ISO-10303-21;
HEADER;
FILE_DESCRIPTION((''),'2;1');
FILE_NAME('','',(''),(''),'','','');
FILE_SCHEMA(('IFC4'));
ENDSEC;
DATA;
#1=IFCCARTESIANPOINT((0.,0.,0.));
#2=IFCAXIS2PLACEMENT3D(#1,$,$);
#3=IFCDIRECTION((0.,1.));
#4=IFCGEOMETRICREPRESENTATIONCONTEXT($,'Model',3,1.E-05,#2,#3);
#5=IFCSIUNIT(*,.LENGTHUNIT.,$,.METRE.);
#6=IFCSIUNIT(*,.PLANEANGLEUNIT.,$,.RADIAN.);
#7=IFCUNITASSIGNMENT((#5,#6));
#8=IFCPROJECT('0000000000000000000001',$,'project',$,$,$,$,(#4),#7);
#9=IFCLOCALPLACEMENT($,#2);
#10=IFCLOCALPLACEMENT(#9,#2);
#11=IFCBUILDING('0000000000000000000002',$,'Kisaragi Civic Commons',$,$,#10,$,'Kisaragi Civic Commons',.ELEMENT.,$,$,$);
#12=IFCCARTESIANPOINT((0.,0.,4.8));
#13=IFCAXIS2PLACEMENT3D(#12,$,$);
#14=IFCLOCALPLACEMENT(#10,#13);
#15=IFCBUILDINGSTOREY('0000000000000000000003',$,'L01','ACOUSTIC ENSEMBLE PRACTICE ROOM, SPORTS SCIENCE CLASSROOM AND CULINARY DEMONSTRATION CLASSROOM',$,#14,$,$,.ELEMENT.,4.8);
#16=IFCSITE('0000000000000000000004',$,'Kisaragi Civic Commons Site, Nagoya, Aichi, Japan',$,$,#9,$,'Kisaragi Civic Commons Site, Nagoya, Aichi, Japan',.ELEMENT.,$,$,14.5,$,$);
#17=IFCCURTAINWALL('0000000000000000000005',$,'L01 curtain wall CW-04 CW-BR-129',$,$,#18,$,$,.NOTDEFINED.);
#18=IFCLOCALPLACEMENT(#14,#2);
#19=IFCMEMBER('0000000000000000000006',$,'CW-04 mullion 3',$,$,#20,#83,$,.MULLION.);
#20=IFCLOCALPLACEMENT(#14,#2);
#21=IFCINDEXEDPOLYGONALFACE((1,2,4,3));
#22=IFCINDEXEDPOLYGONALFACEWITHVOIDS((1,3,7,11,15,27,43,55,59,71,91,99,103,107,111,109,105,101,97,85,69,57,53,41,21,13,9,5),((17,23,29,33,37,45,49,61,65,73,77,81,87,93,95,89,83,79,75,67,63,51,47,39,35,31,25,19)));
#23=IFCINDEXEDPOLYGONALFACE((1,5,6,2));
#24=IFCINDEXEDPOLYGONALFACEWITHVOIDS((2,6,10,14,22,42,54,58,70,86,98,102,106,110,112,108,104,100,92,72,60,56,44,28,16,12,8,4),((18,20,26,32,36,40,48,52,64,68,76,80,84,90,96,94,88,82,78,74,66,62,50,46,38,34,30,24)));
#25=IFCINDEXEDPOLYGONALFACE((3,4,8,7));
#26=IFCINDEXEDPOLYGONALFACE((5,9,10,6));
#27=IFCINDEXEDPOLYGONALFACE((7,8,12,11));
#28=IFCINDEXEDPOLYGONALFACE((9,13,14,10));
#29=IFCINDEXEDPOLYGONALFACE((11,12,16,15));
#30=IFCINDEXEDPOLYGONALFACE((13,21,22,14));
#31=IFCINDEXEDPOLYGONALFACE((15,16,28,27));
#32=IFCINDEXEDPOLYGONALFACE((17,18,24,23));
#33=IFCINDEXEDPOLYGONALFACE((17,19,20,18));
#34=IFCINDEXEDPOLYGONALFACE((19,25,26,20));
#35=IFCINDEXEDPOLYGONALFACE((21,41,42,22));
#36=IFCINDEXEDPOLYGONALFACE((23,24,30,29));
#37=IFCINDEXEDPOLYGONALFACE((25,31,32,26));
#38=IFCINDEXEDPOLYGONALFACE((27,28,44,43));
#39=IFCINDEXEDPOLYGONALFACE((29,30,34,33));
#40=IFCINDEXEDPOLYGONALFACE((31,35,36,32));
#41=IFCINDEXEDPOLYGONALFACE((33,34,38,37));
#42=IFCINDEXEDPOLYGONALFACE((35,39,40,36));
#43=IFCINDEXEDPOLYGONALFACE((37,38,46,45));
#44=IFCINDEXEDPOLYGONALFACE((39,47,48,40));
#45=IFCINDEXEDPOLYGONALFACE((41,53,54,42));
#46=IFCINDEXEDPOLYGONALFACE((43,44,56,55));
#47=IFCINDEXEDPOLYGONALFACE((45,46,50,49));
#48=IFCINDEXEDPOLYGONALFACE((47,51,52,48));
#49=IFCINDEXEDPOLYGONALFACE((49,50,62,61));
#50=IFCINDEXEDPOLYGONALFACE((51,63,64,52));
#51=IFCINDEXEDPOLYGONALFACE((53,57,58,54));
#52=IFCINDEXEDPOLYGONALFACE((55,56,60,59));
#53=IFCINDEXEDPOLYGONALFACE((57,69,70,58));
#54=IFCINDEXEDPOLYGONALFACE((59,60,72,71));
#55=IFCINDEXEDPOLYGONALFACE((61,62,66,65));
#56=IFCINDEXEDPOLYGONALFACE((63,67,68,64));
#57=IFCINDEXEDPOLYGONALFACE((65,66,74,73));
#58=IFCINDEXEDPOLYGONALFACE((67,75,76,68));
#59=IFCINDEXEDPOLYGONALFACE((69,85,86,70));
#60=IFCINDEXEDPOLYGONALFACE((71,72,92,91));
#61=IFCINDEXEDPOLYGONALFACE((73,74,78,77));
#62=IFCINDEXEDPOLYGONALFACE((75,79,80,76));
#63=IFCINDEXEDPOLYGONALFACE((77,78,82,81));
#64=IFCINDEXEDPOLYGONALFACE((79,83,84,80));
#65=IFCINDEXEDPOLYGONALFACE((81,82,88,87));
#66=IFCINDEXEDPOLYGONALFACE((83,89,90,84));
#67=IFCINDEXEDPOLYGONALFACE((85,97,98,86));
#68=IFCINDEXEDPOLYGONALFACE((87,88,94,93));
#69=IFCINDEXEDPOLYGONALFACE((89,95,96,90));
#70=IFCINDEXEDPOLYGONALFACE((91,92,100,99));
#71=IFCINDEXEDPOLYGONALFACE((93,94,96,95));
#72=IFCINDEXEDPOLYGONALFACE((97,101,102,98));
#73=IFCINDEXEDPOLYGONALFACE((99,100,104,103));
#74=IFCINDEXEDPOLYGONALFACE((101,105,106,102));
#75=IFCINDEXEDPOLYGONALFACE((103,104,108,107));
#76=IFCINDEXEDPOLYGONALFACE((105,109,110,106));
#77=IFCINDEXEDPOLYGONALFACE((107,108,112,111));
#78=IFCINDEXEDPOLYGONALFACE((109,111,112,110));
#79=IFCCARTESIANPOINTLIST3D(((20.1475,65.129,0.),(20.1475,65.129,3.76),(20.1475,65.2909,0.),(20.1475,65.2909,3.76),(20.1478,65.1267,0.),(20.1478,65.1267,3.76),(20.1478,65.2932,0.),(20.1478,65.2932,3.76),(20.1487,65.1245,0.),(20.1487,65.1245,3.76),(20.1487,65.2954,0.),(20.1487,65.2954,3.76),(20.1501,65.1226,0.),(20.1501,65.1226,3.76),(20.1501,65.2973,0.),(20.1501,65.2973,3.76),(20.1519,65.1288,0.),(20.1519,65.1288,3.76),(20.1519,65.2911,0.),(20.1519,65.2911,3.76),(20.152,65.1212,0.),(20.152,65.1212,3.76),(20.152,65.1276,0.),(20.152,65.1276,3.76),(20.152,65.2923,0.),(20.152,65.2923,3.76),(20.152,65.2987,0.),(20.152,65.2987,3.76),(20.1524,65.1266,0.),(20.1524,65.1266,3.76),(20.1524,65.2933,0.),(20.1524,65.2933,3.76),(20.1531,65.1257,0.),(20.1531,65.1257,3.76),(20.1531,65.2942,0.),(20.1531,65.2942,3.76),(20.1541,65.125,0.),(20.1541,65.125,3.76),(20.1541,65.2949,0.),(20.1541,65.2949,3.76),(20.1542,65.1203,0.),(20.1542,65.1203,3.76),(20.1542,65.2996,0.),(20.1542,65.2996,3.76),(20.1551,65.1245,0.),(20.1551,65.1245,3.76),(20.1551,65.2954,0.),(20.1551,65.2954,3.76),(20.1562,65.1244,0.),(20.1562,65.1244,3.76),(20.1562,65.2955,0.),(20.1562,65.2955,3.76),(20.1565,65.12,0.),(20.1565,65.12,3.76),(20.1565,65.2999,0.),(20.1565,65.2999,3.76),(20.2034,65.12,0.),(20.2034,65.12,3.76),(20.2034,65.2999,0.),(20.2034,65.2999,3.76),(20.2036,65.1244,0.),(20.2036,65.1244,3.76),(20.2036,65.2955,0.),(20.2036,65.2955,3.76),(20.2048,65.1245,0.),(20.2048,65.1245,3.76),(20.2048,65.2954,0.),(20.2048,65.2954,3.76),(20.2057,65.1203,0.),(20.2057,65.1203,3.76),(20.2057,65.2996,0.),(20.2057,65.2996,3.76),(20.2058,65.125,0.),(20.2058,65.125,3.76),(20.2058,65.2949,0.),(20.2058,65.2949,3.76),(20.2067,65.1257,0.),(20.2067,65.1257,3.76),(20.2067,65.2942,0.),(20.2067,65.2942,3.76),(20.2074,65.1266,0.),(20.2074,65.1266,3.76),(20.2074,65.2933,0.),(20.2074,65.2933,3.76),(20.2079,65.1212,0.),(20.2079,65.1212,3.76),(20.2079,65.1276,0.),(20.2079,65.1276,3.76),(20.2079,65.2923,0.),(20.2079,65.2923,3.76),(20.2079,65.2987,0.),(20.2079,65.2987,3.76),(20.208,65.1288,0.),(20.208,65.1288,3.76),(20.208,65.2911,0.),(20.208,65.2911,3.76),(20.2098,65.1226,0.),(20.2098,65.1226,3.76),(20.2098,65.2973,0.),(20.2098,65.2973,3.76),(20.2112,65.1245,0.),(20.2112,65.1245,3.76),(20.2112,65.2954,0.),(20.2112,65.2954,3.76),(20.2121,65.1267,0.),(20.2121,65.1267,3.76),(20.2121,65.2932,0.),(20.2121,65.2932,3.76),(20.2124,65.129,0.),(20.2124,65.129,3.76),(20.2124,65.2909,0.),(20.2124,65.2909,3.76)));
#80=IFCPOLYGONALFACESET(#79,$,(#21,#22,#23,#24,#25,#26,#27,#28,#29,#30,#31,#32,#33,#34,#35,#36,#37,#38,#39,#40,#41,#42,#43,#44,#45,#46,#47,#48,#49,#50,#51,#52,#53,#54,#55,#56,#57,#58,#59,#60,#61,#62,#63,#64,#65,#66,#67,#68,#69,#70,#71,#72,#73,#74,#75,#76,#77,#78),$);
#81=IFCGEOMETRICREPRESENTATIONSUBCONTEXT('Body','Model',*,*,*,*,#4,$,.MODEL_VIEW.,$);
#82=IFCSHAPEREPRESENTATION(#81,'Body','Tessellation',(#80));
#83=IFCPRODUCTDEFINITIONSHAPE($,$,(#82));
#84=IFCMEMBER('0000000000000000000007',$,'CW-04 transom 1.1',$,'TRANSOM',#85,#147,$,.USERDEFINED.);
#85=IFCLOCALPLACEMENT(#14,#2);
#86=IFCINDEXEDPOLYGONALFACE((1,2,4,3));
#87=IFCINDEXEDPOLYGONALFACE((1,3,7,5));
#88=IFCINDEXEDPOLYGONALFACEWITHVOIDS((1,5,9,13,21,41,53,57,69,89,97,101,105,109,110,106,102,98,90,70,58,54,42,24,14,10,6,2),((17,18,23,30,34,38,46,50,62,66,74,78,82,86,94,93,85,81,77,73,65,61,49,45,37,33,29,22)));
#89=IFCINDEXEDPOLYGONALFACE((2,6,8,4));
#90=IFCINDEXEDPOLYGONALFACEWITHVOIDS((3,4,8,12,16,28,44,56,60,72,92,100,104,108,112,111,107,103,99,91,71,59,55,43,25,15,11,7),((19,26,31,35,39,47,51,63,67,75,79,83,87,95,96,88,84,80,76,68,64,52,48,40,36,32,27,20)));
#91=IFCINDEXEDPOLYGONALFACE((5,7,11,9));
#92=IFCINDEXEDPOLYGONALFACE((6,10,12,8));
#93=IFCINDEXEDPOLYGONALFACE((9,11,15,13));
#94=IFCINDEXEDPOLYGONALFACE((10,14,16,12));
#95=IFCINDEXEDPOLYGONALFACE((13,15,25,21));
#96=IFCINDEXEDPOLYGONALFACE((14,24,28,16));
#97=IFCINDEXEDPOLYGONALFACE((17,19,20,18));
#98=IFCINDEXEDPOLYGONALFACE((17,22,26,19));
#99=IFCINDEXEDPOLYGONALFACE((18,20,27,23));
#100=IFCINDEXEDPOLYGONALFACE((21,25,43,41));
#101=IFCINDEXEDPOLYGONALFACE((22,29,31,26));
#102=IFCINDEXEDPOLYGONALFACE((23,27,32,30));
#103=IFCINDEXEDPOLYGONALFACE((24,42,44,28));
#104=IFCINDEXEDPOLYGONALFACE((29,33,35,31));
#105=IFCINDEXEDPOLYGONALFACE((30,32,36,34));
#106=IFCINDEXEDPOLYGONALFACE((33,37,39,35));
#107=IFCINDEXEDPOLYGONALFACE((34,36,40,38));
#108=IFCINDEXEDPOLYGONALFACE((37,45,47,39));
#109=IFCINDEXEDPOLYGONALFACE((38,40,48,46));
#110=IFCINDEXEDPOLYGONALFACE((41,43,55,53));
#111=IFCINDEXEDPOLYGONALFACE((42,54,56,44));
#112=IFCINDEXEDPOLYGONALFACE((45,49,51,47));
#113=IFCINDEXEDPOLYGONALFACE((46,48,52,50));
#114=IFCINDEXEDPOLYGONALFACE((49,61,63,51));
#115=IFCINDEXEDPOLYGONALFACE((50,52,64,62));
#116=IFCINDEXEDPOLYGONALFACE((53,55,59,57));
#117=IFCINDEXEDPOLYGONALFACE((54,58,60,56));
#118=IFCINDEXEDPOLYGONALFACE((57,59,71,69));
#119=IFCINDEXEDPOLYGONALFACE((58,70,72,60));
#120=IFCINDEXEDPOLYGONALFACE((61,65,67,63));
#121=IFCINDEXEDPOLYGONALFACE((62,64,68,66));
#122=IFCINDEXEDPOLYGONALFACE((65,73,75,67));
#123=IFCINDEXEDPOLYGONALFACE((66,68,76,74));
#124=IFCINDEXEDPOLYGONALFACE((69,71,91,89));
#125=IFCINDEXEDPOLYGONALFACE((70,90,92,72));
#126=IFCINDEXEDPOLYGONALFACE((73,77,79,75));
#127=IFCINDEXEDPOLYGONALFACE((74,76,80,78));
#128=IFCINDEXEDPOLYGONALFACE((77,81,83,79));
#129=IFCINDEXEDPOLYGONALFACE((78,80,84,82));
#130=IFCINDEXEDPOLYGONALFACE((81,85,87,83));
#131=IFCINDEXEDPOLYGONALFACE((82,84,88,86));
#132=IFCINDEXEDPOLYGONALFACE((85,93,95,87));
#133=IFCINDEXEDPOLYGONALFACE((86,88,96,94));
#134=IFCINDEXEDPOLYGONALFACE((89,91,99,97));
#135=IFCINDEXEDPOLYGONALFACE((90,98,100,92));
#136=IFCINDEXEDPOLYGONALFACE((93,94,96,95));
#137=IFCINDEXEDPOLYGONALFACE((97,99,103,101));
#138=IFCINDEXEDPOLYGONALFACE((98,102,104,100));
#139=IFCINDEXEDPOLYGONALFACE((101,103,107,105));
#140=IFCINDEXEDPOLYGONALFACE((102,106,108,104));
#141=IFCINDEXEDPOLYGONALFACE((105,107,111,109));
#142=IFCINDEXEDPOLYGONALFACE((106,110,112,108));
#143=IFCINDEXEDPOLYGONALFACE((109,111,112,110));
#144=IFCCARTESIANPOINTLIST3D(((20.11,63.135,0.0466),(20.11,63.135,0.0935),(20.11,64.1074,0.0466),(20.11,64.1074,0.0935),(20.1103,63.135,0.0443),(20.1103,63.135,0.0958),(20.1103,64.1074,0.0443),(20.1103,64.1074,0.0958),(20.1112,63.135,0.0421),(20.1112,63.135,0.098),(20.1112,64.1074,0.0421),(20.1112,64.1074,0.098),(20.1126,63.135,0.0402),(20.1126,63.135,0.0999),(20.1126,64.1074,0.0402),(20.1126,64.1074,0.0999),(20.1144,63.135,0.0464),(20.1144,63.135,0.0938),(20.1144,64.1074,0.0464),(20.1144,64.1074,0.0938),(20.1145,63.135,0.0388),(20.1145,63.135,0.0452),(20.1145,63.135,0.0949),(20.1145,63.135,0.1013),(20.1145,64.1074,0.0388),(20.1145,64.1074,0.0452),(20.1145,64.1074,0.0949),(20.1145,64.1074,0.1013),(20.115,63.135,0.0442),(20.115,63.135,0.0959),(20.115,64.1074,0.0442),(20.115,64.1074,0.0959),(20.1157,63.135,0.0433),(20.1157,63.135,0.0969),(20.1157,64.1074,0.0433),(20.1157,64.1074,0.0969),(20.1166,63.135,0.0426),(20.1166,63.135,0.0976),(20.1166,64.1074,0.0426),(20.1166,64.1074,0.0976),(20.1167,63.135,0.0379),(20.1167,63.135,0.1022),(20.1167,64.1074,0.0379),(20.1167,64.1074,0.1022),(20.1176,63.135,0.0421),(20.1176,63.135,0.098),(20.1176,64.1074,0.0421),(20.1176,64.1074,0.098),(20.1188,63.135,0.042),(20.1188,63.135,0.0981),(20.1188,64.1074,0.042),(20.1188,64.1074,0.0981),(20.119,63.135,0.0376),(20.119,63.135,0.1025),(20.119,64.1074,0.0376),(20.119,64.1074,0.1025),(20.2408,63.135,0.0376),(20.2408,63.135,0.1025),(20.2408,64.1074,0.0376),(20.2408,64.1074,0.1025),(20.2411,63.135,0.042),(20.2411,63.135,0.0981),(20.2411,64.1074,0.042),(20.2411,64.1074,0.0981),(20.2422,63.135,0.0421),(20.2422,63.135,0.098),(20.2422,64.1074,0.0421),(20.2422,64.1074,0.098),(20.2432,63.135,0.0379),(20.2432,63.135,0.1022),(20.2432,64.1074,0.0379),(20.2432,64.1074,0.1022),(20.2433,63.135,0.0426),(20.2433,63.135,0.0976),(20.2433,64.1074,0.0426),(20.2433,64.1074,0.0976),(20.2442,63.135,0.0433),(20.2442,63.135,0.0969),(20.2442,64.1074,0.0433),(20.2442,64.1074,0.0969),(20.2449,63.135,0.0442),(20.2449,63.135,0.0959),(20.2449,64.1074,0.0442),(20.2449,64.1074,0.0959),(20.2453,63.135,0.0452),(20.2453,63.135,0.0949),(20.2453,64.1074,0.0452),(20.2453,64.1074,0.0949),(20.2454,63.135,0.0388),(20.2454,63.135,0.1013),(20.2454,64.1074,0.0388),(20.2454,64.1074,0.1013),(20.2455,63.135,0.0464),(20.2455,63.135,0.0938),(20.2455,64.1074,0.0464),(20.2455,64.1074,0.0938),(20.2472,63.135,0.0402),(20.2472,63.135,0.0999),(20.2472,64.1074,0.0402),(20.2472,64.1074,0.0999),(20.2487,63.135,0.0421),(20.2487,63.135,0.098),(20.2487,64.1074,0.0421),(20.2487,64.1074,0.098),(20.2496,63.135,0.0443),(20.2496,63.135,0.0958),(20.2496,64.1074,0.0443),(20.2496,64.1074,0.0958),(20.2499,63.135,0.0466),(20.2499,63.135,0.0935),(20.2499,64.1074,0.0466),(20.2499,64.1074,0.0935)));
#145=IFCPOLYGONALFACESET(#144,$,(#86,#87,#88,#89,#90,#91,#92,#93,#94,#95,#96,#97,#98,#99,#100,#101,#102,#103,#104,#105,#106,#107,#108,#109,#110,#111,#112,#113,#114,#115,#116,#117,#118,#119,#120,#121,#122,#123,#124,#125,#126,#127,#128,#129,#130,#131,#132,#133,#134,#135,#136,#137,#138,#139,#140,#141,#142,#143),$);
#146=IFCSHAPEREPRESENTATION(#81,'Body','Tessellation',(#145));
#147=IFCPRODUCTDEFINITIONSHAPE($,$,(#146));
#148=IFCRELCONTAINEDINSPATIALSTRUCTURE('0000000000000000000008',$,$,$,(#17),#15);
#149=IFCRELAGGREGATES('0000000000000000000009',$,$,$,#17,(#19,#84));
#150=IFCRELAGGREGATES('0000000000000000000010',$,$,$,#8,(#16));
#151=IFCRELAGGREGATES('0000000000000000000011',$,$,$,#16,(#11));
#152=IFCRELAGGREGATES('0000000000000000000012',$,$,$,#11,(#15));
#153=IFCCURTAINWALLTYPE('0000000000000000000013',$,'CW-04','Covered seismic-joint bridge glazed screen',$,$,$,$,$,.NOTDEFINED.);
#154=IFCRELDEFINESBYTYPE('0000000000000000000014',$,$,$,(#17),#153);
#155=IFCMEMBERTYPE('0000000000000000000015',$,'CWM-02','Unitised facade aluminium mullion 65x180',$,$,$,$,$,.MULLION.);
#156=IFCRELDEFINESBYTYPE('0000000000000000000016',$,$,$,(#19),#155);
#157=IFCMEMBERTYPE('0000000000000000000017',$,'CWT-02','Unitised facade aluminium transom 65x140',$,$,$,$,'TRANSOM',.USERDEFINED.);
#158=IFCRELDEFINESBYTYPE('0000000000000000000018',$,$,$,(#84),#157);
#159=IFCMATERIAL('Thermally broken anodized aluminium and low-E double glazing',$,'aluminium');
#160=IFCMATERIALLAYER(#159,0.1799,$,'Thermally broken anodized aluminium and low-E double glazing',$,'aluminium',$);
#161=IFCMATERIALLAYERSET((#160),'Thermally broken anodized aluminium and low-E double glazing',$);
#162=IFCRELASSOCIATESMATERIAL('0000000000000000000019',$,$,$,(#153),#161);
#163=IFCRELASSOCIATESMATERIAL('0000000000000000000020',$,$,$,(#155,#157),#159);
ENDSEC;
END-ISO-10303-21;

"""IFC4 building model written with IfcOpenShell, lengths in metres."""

from ifc_helpers import new_model, si_unit, direction, frame, origin, origin_2d, place, context, subcontext, project, spatial, hollow_rectangle, extrude, material, layer, layer_set, material_profile, profile_set, type_object, element, aggregate, save


model = new_model("IFC4")

# Units and contexts
model_context = context("Model", 3, precision=1e-05, world=origin(), true_north=direction((0.0, 1.0)))
body_context = subcontext(model_context, "Body", "Model", "MODEL_VIEW")
ifc_project = project(units=[si_unit("LENGTHUNIT", "METRE"), si_unit("PLANEANGLEUNIT", "RADIAN")], contexts=[model_context])

# Site, building, storey
site_placement = place(None, origin())
site = spatial("IfcSite", under=ifc_project, at=site_placement, Name="Kisaragi Civic Commons Site, Nagoya, Aichi, Japan", LongName="Kisaragi Civic Commons Site, Nagoya, Aichi, Japan", CompositionType="ELEMENT", RefElevation=14.5)
building_placement = place(site_placement, origin())
building = spatial("IfcBuilding", under=site, at=building_placement, Name="Kisaragi Civic Commons", LongName="Kisaragi Civic Commons", CompositionType="ELEMENT")
storey_placement = place(building_placement, frame((0.0, 0.0, 4.8)))
storey = spatial("IfcBuildingStorey", under=building, at=storey_placement, Name="L01", Description="ACOUSTIC ENSEMBLE PRACTICE ROOM, SPORTS SCIENCE CLASSROOM AND CULINARY DEMONSTRATION CLASSROOM", CompositionType="ELEMENT", Elevation=4.8)

# Curtain wall, members
ifc_material_1 = material(Name="Thermally broken anodized aluminium and low-E double glazing", Category="aluminium")
ifc_layer_1 = layer(ifc_material_1, 0.1799, Name="Thermally broken anodized aluminium and low-E double glazing", Category="aluminium")
ifc_layer_set_1 = layer_set([ifc_layer_1], Name="Thermally broken anodized aluminium and low-E double glazing")
curtain_wall_type = type_object("IfcCurtainWallType", Name="CW-04", Description="Covered seismic-joint bridge glazed screen", PredefinedType="NOTDEFINED", material=ifc_layer_set_1)
curtain_wall_placement = place(storey_placement, origin())
curtain_wall = element("IfcCurtainWall", 1, at=curtain_wall_placement, inside=storey, type_object=curtain_wall_type, Name="L01 curtain wall CW-04 CW-BR-129", PredefinedType="NOTDEFINED")
ifc_material_profile_1 = material_profile(ifc_material_1, hollow_rectangle(XDim=0.0649, YDim=0.1799, WallThickness=0.0044, InnerFilletRadius=0.0044, OuterFilletRadius=0.009, at=origin_2d()), Name="CWM-65x180x4.5", Category="aluminium")
ifc_profile_set_1 = profile_set([ifc_material_profile_1], Name="Thermally broken anodized aluminium and low-E double glazing")
member_type_1 = type_object("IfcMemberType", Name="CWM-02", Description="Unitised facade aluminium mullion 65x180", PredefinedType="MULLION", material=ifc_profile_set_1)
member_1_placement = place(storey_placement, frame((20.1799, 65.21, 0.0), z_axis=(0.0, 0.0, 1.0), x_axis=(-1.0, 0.0, 0.0)))
member_1 = element("IfcMember", 2, at=member_1_placement, type_object=member_type_1, Name="CW-04 mullion 3", PredefinedType="MULLION", context=body_context, shape_type="SweptSolid", body=[
    extrude(hollow_rectangle(XDim=0.0649, YDim=0.1799, WallThickness=0.0044, InnerFilletRadius=0.0044, OuterFilletRadius=0.009, at=origin_2d()), origin(), (0.0, 0.0, 1.0), 3.76),
])
ifc_material_profile_2 = material_profile(ifc_material_1, hollow_rectangle(XDim=0.1399, YDim=0.0649, WallThickness=0.0044, InnerFilletRadius=0.0044, OuterFilletRadius=0.009, at=origin_2d()), Name="CWT-65x140x4.5", Category="aluminium")
ifc_profile_set_2 = profile_set([ifc_material_profile_2], Name="Thermally broken anodized aluminium and low-E double glazing")
member_type_2 = type_object("IfcMemberType", Name="CWT-02", Description="Unitised facade aluminium transom 65x140", ElementType="TRANSOM", PredefinedType="USERDEFINED", material=ifc_profile_set_2)
member_2_placement = place(storey_placement, frame((20.1799, 63.135, 0.0701), z_axis=(0.0, 1.0, 0.0), x_axis=(-1.0, 0.0, 0.0)))
member_2 = element("IfcMember", 3, at=member_2_placement, type_object=member_type_2, Name="CW-04 transom 1.1", ObjectType="TRANSOM", PredefinedType="USERDEFINED", context=body_context, shape_type="SweptSolid", body=[
    extrude(hollow_rectangle(XDim=0.1399, YDim=0.0649, WallThickness=0.0044, InnerFilletRadius=0.0044, OuterFilletRadius=0.009, at=origin_2d()), origin(), (0.0, 0.0, 1.0), 0.9724),
])

aggregate(curtain_wall, [member_1, member_2])

save(model, "model.ifc")
